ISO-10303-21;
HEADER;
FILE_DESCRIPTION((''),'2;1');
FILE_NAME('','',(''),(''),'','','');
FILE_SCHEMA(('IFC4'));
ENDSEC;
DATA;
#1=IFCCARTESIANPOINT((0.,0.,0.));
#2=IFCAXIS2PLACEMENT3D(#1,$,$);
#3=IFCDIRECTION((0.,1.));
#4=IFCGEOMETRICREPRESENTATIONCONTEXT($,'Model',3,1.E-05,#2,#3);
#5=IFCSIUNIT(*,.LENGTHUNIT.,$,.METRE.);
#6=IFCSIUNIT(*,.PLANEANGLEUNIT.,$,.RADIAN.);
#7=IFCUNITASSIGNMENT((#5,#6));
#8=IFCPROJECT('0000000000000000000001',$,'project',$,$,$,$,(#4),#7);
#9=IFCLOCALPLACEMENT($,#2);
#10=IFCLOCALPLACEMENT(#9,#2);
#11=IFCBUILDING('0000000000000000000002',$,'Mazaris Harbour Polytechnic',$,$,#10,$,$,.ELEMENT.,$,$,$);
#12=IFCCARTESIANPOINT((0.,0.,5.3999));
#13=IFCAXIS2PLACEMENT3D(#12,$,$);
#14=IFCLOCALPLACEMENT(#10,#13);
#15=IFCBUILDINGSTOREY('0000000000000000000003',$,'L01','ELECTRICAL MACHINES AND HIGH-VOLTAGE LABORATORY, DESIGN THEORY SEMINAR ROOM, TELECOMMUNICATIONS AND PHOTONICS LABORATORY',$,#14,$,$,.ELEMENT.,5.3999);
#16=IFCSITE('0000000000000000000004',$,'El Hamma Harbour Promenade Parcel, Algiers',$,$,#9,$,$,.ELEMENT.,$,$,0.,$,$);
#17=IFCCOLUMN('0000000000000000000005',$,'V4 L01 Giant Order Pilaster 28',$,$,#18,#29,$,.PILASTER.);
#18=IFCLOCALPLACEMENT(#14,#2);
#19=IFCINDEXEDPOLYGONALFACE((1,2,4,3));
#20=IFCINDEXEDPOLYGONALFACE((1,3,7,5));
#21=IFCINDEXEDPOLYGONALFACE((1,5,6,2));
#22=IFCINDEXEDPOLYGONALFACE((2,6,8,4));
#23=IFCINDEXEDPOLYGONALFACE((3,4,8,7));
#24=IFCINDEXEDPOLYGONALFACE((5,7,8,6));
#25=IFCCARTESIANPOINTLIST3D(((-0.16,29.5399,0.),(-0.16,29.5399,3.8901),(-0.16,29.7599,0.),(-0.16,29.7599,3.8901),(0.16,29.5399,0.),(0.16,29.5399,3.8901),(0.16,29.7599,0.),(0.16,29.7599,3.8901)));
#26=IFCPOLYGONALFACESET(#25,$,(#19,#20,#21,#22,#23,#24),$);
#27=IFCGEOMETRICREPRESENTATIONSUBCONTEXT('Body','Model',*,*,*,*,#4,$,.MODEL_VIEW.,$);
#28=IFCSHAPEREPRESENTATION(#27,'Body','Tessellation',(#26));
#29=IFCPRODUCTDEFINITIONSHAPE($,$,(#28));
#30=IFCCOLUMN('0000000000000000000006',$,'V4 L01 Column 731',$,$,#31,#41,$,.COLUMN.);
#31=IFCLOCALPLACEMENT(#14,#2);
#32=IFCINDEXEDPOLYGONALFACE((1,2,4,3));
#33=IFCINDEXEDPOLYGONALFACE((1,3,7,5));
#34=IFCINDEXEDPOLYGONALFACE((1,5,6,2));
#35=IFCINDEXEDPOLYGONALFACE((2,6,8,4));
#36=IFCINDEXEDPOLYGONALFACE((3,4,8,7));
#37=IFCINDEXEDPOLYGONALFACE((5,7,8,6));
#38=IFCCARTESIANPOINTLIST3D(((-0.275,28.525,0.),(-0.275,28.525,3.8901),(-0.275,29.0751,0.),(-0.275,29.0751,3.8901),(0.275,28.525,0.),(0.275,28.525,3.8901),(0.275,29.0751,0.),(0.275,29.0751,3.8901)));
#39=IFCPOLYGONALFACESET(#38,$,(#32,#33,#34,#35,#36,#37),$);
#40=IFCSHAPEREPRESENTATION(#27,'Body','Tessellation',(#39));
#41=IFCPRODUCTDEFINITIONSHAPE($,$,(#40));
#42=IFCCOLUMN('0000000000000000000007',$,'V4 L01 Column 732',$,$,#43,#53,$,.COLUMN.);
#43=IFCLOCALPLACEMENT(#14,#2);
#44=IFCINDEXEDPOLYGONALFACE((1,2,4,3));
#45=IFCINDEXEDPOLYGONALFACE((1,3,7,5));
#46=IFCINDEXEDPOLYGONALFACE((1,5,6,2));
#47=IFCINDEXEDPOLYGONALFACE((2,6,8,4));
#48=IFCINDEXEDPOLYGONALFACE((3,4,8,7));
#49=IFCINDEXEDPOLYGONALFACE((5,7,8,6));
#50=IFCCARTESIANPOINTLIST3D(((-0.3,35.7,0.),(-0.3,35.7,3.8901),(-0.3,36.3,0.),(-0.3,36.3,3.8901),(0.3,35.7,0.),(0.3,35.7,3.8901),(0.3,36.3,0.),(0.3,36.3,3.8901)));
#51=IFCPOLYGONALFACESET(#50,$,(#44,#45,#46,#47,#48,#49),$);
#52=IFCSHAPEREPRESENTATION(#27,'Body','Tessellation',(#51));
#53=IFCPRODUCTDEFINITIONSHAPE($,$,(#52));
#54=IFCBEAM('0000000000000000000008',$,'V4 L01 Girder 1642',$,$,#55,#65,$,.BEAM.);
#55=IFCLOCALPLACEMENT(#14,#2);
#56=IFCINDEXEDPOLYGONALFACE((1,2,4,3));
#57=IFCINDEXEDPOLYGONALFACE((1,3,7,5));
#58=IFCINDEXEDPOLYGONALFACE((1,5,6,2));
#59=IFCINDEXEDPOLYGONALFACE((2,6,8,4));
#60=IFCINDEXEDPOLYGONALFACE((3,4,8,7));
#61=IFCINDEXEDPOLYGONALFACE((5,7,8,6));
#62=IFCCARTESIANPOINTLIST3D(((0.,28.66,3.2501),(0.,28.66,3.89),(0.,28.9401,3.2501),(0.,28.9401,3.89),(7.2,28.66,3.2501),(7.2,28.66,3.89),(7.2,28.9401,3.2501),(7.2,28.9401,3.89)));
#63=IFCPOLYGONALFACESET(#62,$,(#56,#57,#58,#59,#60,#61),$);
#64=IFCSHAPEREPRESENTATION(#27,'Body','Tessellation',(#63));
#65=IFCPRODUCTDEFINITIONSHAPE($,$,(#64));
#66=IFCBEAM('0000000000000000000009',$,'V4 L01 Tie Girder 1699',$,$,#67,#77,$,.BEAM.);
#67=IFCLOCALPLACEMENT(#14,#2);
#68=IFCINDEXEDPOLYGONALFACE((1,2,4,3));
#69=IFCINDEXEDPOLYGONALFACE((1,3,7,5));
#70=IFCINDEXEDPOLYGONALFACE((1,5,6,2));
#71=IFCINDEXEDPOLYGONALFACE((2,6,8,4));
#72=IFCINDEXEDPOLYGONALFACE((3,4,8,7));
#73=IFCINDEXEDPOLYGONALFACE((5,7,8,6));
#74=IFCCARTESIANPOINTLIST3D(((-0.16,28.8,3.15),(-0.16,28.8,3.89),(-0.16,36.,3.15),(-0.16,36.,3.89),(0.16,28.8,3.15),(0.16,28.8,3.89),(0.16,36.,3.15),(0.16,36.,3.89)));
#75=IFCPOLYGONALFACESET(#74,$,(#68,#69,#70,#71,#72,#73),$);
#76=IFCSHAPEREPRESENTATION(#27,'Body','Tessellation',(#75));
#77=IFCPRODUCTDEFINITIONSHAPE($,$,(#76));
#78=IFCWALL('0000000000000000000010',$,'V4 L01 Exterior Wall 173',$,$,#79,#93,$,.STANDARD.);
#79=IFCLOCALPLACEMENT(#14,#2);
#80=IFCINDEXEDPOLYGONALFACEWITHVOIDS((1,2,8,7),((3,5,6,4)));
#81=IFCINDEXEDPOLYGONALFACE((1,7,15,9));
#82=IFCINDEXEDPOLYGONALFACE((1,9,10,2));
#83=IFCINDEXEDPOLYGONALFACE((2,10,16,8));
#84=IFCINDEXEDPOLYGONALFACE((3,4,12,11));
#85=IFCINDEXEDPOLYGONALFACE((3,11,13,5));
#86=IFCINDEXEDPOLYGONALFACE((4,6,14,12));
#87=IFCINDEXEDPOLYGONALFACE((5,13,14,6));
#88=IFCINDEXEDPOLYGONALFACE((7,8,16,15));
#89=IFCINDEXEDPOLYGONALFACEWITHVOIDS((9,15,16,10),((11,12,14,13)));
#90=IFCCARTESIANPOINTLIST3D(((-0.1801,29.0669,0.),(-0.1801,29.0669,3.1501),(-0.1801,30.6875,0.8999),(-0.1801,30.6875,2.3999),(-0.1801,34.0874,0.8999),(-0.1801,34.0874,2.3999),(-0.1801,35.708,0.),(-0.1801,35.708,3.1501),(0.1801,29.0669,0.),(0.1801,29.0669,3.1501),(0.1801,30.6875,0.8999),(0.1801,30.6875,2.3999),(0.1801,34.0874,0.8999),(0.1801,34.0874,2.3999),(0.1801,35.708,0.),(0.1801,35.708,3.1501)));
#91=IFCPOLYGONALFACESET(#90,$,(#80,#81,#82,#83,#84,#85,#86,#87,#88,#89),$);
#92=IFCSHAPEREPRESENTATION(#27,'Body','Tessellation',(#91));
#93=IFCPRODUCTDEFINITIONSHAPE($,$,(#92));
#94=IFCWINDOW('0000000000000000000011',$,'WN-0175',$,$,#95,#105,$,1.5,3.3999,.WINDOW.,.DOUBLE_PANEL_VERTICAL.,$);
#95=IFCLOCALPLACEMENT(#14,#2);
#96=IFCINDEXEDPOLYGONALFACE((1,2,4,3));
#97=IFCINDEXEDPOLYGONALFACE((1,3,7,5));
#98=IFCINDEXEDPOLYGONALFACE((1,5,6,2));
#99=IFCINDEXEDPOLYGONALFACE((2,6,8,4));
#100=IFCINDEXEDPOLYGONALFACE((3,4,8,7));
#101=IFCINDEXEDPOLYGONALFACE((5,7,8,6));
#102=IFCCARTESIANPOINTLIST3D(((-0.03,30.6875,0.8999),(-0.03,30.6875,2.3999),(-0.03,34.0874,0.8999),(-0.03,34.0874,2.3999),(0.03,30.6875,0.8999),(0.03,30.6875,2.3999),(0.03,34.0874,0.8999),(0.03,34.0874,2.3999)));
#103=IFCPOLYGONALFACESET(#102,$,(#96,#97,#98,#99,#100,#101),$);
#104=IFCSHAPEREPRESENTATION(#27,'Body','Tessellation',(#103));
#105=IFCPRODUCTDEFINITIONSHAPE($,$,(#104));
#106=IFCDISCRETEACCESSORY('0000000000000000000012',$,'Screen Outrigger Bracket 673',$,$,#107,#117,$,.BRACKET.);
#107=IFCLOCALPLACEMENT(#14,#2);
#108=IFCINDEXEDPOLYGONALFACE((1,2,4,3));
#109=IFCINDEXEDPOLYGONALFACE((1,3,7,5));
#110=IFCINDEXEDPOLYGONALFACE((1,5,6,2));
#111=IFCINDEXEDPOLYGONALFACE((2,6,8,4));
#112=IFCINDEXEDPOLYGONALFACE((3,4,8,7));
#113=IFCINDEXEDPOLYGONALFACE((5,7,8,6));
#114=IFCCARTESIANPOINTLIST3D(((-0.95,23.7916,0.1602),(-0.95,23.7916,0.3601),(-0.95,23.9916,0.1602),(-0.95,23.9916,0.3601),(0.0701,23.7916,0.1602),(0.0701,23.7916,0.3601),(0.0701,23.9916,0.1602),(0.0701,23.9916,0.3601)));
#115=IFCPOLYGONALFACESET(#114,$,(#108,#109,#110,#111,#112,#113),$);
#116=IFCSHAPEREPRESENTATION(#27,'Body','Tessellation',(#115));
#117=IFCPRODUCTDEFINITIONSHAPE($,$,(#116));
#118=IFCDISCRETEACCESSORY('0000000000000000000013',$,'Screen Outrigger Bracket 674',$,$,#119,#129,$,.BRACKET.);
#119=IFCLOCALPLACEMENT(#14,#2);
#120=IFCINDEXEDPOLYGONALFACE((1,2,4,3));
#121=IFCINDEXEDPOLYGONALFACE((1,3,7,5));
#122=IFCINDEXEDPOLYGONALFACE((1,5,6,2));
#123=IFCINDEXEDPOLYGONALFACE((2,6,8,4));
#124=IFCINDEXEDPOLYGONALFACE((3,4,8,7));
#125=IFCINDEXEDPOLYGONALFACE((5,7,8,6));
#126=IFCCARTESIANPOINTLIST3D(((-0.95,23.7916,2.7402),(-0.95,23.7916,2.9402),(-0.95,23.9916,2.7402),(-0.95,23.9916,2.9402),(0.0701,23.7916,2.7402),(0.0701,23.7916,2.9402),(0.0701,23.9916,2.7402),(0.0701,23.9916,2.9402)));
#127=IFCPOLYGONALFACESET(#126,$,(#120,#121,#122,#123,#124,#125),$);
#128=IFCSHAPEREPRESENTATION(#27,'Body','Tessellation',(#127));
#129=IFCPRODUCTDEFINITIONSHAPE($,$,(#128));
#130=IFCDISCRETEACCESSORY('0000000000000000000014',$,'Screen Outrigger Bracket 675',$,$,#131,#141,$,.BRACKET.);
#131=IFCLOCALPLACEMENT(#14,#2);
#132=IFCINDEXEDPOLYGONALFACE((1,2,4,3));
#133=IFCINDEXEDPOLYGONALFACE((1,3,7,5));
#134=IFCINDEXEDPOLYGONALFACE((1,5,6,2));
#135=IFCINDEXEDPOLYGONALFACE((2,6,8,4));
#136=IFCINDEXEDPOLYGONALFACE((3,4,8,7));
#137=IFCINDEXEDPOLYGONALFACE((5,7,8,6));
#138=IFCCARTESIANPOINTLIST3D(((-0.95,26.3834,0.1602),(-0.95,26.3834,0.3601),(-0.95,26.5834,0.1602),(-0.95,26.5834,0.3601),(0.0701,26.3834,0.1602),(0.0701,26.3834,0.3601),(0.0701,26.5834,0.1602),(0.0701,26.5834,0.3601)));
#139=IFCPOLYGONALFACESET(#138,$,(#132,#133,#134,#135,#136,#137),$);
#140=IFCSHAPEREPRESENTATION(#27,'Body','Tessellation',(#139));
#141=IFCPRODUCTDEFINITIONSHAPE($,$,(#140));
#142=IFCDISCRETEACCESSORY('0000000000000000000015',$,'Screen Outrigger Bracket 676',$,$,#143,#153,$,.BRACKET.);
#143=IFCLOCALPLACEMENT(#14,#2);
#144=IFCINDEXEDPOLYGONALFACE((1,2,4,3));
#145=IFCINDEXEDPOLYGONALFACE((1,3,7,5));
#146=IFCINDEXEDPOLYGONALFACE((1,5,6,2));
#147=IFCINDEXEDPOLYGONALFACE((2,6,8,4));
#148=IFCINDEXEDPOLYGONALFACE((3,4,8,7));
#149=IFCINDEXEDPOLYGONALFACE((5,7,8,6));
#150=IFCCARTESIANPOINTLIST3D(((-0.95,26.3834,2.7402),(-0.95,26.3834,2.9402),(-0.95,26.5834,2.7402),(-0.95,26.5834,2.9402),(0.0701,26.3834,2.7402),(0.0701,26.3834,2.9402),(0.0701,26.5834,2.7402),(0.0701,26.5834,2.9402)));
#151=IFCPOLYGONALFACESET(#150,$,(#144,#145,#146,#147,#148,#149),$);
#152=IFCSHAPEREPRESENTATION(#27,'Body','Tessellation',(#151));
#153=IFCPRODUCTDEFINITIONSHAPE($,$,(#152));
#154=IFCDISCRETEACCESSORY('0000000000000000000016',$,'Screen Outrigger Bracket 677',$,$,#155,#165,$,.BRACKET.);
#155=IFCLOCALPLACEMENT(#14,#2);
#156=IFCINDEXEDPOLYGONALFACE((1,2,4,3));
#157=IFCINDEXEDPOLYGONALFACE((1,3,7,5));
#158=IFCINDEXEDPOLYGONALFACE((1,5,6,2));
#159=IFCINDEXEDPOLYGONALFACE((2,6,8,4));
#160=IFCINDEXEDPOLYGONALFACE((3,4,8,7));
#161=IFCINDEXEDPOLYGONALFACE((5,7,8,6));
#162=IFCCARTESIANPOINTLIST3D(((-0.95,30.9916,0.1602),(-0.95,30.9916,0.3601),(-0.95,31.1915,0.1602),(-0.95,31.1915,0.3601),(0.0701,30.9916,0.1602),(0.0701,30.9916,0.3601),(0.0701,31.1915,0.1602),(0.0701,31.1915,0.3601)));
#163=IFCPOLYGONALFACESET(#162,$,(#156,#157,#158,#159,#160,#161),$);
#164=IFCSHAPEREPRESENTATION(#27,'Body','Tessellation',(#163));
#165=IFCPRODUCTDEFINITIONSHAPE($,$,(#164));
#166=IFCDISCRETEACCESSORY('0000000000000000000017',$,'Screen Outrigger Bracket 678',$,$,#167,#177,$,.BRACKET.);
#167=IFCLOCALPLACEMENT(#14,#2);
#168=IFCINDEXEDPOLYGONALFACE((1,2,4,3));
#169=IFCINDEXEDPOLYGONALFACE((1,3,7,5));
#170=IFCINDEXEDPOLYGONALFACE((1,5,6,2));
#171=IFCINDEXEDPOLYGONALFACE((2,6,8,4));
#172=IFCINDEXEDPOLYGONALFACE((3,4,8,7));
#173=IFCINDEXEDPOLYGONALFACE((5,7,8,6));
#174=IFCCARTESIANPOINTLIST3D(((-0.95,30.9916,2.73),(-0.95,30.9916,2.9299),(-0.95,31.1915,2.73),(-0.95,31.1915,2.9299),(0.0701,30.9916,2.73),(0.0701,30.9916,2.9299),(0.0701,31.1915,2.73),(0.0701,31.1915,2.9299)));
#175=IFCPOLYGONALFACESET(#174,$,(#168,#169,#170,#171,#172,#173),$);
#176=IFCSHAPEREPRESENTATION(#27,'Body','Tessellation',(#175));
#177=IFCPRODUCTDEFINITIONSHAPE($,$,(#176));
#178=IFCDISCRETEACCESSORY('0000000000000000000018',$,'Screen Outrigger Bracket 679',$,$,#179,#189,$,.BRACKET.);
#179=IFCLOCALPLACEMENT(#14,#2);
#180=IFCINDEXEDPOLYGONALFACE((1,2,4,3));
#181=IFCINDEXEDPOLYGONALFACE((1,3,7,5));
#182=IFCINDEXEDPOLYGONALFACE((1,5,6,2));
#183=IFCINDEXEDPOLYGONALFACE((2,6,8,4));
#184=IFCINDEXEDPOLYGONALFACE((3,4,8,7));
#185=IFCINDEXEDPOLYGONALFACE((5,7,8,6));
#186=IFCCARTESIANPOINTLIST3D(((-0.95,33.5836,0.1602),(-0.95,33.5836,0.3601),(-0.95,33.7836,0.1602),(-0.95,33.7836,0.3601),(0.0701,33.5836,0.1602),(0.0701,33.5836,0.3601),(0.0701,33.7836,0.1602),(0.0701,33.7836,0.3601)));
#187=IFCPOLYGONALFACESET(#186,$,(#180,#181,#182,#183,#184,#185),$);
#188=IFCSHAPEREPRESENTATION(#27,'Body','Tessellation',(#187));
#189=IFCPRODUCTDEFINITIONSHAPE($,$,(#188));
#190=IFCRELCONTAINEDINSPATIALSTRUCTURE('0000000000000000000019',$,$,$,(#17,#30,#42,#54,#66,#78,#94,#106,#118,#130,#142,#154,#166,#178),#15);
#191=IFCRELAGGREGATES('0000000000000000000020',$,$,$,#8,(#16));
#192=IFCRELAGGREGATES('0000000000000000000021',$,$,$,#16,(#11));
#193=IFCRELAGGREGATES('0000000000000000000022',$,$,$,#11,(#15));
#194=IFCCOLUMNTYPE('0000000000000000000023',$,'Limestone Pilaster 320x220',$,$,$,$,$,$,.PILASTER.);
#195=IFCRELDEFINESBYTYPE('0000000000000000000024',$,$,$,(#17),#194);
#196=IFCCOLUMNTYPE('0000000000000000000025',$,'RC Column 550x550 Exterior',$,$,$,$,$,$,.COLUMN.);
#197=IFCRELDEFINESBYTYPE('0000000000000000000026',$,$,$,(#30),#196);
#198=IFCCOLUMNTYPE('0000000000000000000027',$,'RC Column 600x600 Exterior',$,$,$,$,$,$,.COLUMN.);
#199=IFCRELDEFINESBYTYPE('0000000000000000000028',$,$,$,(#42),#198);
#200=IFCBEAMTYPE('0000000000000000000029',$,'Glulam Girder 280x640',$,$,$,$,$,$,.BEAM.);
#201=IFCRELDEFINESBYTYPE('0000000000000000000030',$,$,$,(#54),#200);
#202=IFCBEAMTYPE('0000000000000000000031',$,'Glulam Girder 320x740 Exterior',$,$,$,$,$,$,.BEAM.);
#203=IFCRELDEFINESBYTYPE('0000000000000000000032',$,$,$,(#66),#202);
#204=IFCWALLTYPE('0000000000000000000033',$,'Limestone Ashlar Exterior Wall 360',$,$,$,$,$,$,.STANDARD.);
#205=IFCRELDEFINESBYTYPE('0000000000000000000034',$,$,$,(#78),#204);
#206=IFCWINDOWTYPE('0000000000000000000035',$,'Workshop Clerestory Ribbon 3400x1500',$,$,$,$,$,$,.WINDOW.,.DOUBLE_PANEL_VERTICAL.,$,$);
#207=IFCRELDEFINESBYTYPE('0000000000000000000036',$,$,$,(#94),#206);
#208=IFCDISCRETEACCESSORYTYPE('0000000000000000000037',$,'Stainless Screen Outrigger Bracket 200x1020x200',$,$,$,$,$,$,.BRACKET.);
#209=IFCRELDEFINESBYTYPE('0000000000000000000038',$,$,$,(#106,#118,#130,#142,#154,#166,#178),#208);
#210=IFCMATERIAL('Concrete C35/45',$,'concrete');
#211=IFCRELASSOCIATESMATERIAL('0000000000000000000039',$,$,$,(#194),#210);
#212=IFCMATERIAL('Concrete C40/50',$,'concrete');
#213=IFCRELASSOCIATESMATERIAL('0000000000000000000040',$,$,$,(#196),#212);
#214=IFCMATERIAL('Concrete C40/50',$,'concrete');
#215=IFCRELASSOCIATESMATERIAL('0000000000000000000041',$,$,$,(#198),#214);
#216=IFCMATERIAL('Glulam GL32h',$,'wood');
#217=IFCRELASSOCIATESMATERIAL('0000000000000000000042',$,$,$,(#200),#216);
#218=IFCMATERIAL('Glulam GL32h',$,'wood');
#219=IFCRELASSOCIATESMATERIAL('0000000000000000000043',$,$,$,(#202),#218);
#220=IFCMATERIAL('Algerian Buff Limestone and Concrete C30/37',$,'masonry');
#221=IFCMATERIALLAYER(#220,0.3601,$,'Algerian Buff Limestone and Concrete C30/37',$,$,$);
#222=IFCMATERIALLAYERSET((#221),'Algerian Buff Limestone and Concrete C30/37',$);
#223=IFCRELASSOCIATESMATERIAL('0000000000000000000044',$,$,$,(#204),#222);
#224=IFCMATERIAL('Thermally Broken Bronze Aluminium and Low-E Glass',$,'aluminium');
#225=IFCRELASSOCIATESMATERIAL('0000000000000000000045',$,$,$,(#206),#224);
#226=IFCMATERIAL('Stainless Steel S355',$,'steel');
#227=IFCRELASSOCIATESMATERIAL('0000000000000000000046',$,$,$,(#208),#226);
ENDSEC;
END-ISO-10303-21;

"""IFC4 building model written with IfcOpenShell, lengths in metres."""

from ifc_helpers import new_model, si_unit, direction, frame, frame_2d, origin, origin_2d, place, context, subcontext, project, spatial, rectangle, extrude, material, layer, layer_set, material_profile, profile_set, type_object, element, fill, save


model = new_model("IFC4")

# Units and contexts
model_context = context("Model", 3, precision=1e-05, world=origin(), true_north=direction((0.0, 1.0)))
body_context = subcontext(model_context, "Body", "Model", "MODEL_VIEW")
ifc_project = project(units=[si_unit("LENGTHUNIT", "METRE"), si_unit("PLANEANGLEUNIT", "RADIAN")], contexts=[model_context])

# Site, building, storey
site_placement = place(None, origin())
site = spatial("IfcSite", under=ifc_project, at=site_placement, Name="El Hamma Harbour Promenade Parcel, Algiers", CompositionType="ELEMENT", RefElevation=0.0)
building_placement = place(site_placement, origin())
building = spatial("IfcBuilding", under=site, at=building_placement, Name="Mazaris Harbour Polytechnic", CompositionType="ELEMENT")
storey_placement = place(building_placement, frame((0.0, 0.0, 5.3999)))
storey = spatial("IfcBuildingStorey", under=building, at=storey_placement, Name="L01", Description="ELECTRICAL MACHINES AND HIGH-VOLTAGE LABORATORY, DESIGN THEORY SEMINAR ROOM, TELECOMMUNICATIONS AND PHOTONICS LABORATORY", CompositionType="ELEMENT", Elevation=5.3999)

# Columns
ifc_material_1 = material(Name="Concrete C35/45", Category="concrete")
ifc_material_profile_1 = material_profile(ifc_material_1, rectangle(XDim=0.3201, YDim=0.22, at=origin_2d()), Name="RECT320x220")
ifc_profile_set_1 = profile_set([ifc_material_profile_1], Name="Concrete C35/45")
column_type_1 = type_object("IfcColumnType", Name="Limestone Pilaster 320x220", PredefinedType="PILASTER", material=ifc_profile_set_1)
column_1_placement = place(storey_placement, frame((0.0, 29.6499, 0.0), z_axis=(0.0, 0.0, 1.0), x_axis=(1.0, 0.0, 0.0)))
element("IfcColumn", 1, at=column_1_placement, inside=storey, type_object=column_type_1, Name="V4 L01 Giant Order Pilaster 28", PredefinedType="PILASTER", context=body_context, shape_type="SweptSolid", body=[
    extrude(rectangle(XDim=0.3201, YDim=0.22, at=origin_2d()), origin(), (0.0, 0.0, 1.0), 3.8901),
])
ifc_material_2 = material(Name="Concrete C40/50", Category="concrete")
ifc_material_profile_2 = material_profile(ifc_material_2, rectangle(XDim=0.55, YDim=0.55, at=origin_2d()), Name="RECT550x550")
ifc_profile_set_2 = profile_set([ifc_material_profile_2], Name="Concrete C40/50")
column_type_2 = type_object("IfcColumnType", Name="RC Column 550x550 Exterior", PredefinedType="COLUMN", material=ifc_profile_set_2)
column_2_placement = place(storey_placement, frame((0.0, 28.8, 0.0), z_axis=(0.0, 0.0, 1.0), x_axis=(1.0, 0.0, 0.0)))
element("IfcColumn", 2, at=column_2_placement, inside=storey, type_object=column_type_2, Name="V4 L01 Column 731", PredefinedType="COLUMN", context=body_context, shape_type="SweptSolid", body=[
    extrude(rectangle(XDim=0.55, YDim=0.55, at=origin_2d()), origin(), (0.0, 0.0, 1.0), 3.8901),
])
ifc_material_3 = material(Name="Concrete C40/50", Category="concrete")
ifc_material_profile_3 = material_profile(ifc_material_3, rectangle(XDim=0.6001, YDim=0.6001, at=origin_2d()), Name="RECT600x600")
ifc_profile_set_3 = profile_set([ifc_material_profile_3], Name="Concrete C40/50")
column_type_3 = type_object("IfcColumnType", Name="RC Column 600x600 Exterior", PredefinedType="COLUMN", material=ifc_profile_set_3)
column_3_placement = place(storey_placement, frame((0.0, 36.0, 0.0), z_axis=(0.0, 0.0, 1.0), x_axis=(1.0, 0.0, 0.0)))
element("IfcColumn", 3, at=column_3_placement, inside=storey, type_object=column_type_3, Name="V4 L01 Column 732", PredefinedType="COLUMN", context=body_context, shape_type="SweptSolid", body=[
    extrude(rectangle(XDim=0.6001, YDim=0.6001, at=origin_2d()), origin(), (0.0, 0.0, 1.0), 3.8901),
])

# Beams
ifc_material_4 = material(Name="Glulam GL32h", Category="wood")
ifc_material_profile_4 = material_profile(ifc_material_4, rectangle(XDim=0.28, YDim=0.6399, at=origin_2d()), Name="RECT280x640")
ifc_profile_set_4 = profile_set([ifc_material_profile_4], Name="Glulam GL32h")
beam_type_1 = type_object("IfcBeamType", Name="Glulam Girder 280x640", PredefinedType="BEAM", material=ifc_profile_set_4)
beam_1_placement = place(storey_placement, frame((0.0, 28.8, 3.5701), z_axis=(1.0, 0.0, 0.0), x_axis=(0.0, 1.0, 0.0)))
element("IfcBeam", 4, at=beam_1_placement, inside=storey, type_object=beam_type_1, Name="V4 L01 Girder 1642", PredefinedType="BEAM", context=body_context, shape_type="SweptSolid", body=[
    extrude(rectangle(XDim=0.28, YDim=0.6399, at=origin_2d()), origin(), (0.0, 0.0, 1.0), 7.2),
])
ifc_material_5 = material(Name="Glulam GL32h", Category="wood")
ifc_material_profile_5 = material_profile(ifc_material_5, rectangle(XDim=0.3201, YDim=0.74, at=origin_2d()), Name="RECT320x740")
ifc_profile_set_5 = profile_set([ifc_material_profile_5], Name="Glulam GL32h")
beam_type_2 = type_object("IfcBeamType", Name="Glulam Girder 320x740 Exterior", PredefinedType="BEAM", material=ifc_profile_set_5)
beam_2_placement = place(storey_placement, frame((0.0, 28.8, 3.52), z_axis=(0.0, 1.0, 0.0), x_axis=(-1.0, 0.0, 0.0)))
element("IfcBeam", 5, at=beam_2_placement, inside=storey, type_object=beam_type_2, Name="V4 L01 Tie Girder 1699", PredefinedType="BEAM", context=body_context, shape_type="SweptSolid", body=[
    extrude(rectangle(XDim=0.3201, YDim=0.74, at=origin_2d()), origin(), (0.0, 0.0, 1.0), 7.2),
])

# Wall, opening, window
ifc_material_6 = material(Name="Algerian Buff Limestone and Concrete C30/37", Category="masonry")
ifc_layer = layer(ifc_material_6, 0.3601, Name="Algerian Buff Limestone and Concrete C30/37")
ifc_layer_set = layer_set([ifc_layer], Name="Algerian Buff Limestone and Concrete C30/37")
wall_type = type_object("IfcWallType", Name="Limestone Ashlar Exterior Wall 360", PredefinedType="STANDARD", material=ifc_layer_set)
wall_placement = place(storey_placement, frame((0.0, 29.0669, 0.0), z_axis=(0.0, 0.0, 1.0), x_axis=(0.0, 1.0, 0.0)))
wall = element("IfcWall", 6, at=wall_placement, inside=storey, type_object=wall_type, Name="V4 L01 Exterior Wall 173", PredefinedType="STANDARD", context=body_context, shape_type="SweptSolid", body=[
    extrude(rectangle(XDim=6.6411, YDim=0.3601, at=frame_2d((3.3206, 0.0))), origin(), (0.0, 0.0, 1.0), 3.1501),
])
opening_placement = place(wall_placement, frame((1.6206, 0.0, 0.8999)))
opening = element("IfcOpeningElement", 7, at=opening_placement, cuts=wall, PredefinedType="OPENING", context=body_context, shape_type="SweptSolid", body=[
    extrude(rectangle(XDim=3.3999, YDim=1.5, at=frame_2d((1.7, 0.75))), frame((0.0, 0.1899, 0.0), z_axis=(0.0, -1.0, 0.0), x_axis=(1.0, 0.0, 0.0)), (0.0, 0.0, 1.0), 0.3801),
])
ifc_material_7 = material(Name="Thermally Broken Bronze Aluminium and Low-E Glass", Category="aluminium")
window_type = type_object("IfcWindowType", Name="Workshop Clerestory Ribbon 3400x1500", PartitioningType="DOUBLE_PANEL_VERTICAL", PredefinedType="WINDOW", material=ifc_material_7)
window_placement = place(opening_placement, origin())
window = element("IfcWindow", 8, at=window_placement, inside=storey, type_object=window_type, Name="WN-0175", OverallHeight=1.5, OverallWidth=3.3999, PartitioningType="DOUBLE_PANEL_VERTICAL", PredefinedType="WINDOW", context=body_context, shape_type="SweptSolid", body=[
    extrude(rectangle(XDim=3.3999, YDim=1.5, at=frame_2d((1.7, 0.75))), frame((0.0, 0.03, 0.0), z_axis=(0.0, -1.0, 0.0), x_axis=(1.0, 0.0, 0.0)), (0.0, 0.0, 1.0), 0.0601),
])
fill(opening, window)

# Discrete accessories
ifc_material_8 = material(Name="Stainless Steel S355", Category="steel")
discrete_accessory_type = type_object("IfcDiscreteAccessoryType", Name="Stainless Screen Outrigger Bracket 200x1020x200", PredefinedType="BRACKET", material=ifc_material_8)
for number, where, z_axis, x_axis, name in (
    (9, (-0.4399, 23.8916, 0.1602), (0.0, 0.0, 1.0), (0.0, 1.0, 0.0), "Screen Outrigger Bracket 673"),
    (10, (-0.4399, 23.8916, 2.7402), (0.0, 0.0, 1.0), (0.0, 1.0, 0.0), "Screen Outrigger Bracket 674"),
    (11, (-0.4399, 26.4834, 0.1602), (0.0, 0.0, 1.0), (0.0, 1.0, 0.0), "Screen Outrigger Bracket 675"),
    (12, (-0.4399, 26.4834, 2.7402), (0.0, 0.0, 1.0), (0.0, 1.0, 0.0), "Screen Outrigger Bracket 676"),
    (13, (-0.4399, 31.0916, 0.1602), (0.0, 0.0, 1.0), (0.0, 1.0, 0.0), "Screen Outrigger Bracket 677"),
    (14, (-0.4399, 31.0916, 2.73), (0.0, 0.0, 1.0), (0.0, 1.0, 0.0), "Screen Outrigger Bracket 678"),
    (15, (-0.4399, 33.6836, 0.1602), (0.0, 0.0, 1.0), (0.0, 1.0, 0.0), "Screen Outrigger Bracket 679"),
):
    element("IfcDiscreteAccessory", number, at=place(storey_placement, frame(where, z_axis=z_axis, x_axis=x_axis)), inside=storey, type_object=discrete_accessory_type, Name=name, PredefinedType="BRACKET", context=body_context, shape_type="SweptSolid", body=[
        extrude(rectangle(XDim=0.2, YDim=1.02, at=origin_2d()), origin(), (0.0, 0.0, 1.0), 0.2),
    ])

save(model, "model.ifc")
